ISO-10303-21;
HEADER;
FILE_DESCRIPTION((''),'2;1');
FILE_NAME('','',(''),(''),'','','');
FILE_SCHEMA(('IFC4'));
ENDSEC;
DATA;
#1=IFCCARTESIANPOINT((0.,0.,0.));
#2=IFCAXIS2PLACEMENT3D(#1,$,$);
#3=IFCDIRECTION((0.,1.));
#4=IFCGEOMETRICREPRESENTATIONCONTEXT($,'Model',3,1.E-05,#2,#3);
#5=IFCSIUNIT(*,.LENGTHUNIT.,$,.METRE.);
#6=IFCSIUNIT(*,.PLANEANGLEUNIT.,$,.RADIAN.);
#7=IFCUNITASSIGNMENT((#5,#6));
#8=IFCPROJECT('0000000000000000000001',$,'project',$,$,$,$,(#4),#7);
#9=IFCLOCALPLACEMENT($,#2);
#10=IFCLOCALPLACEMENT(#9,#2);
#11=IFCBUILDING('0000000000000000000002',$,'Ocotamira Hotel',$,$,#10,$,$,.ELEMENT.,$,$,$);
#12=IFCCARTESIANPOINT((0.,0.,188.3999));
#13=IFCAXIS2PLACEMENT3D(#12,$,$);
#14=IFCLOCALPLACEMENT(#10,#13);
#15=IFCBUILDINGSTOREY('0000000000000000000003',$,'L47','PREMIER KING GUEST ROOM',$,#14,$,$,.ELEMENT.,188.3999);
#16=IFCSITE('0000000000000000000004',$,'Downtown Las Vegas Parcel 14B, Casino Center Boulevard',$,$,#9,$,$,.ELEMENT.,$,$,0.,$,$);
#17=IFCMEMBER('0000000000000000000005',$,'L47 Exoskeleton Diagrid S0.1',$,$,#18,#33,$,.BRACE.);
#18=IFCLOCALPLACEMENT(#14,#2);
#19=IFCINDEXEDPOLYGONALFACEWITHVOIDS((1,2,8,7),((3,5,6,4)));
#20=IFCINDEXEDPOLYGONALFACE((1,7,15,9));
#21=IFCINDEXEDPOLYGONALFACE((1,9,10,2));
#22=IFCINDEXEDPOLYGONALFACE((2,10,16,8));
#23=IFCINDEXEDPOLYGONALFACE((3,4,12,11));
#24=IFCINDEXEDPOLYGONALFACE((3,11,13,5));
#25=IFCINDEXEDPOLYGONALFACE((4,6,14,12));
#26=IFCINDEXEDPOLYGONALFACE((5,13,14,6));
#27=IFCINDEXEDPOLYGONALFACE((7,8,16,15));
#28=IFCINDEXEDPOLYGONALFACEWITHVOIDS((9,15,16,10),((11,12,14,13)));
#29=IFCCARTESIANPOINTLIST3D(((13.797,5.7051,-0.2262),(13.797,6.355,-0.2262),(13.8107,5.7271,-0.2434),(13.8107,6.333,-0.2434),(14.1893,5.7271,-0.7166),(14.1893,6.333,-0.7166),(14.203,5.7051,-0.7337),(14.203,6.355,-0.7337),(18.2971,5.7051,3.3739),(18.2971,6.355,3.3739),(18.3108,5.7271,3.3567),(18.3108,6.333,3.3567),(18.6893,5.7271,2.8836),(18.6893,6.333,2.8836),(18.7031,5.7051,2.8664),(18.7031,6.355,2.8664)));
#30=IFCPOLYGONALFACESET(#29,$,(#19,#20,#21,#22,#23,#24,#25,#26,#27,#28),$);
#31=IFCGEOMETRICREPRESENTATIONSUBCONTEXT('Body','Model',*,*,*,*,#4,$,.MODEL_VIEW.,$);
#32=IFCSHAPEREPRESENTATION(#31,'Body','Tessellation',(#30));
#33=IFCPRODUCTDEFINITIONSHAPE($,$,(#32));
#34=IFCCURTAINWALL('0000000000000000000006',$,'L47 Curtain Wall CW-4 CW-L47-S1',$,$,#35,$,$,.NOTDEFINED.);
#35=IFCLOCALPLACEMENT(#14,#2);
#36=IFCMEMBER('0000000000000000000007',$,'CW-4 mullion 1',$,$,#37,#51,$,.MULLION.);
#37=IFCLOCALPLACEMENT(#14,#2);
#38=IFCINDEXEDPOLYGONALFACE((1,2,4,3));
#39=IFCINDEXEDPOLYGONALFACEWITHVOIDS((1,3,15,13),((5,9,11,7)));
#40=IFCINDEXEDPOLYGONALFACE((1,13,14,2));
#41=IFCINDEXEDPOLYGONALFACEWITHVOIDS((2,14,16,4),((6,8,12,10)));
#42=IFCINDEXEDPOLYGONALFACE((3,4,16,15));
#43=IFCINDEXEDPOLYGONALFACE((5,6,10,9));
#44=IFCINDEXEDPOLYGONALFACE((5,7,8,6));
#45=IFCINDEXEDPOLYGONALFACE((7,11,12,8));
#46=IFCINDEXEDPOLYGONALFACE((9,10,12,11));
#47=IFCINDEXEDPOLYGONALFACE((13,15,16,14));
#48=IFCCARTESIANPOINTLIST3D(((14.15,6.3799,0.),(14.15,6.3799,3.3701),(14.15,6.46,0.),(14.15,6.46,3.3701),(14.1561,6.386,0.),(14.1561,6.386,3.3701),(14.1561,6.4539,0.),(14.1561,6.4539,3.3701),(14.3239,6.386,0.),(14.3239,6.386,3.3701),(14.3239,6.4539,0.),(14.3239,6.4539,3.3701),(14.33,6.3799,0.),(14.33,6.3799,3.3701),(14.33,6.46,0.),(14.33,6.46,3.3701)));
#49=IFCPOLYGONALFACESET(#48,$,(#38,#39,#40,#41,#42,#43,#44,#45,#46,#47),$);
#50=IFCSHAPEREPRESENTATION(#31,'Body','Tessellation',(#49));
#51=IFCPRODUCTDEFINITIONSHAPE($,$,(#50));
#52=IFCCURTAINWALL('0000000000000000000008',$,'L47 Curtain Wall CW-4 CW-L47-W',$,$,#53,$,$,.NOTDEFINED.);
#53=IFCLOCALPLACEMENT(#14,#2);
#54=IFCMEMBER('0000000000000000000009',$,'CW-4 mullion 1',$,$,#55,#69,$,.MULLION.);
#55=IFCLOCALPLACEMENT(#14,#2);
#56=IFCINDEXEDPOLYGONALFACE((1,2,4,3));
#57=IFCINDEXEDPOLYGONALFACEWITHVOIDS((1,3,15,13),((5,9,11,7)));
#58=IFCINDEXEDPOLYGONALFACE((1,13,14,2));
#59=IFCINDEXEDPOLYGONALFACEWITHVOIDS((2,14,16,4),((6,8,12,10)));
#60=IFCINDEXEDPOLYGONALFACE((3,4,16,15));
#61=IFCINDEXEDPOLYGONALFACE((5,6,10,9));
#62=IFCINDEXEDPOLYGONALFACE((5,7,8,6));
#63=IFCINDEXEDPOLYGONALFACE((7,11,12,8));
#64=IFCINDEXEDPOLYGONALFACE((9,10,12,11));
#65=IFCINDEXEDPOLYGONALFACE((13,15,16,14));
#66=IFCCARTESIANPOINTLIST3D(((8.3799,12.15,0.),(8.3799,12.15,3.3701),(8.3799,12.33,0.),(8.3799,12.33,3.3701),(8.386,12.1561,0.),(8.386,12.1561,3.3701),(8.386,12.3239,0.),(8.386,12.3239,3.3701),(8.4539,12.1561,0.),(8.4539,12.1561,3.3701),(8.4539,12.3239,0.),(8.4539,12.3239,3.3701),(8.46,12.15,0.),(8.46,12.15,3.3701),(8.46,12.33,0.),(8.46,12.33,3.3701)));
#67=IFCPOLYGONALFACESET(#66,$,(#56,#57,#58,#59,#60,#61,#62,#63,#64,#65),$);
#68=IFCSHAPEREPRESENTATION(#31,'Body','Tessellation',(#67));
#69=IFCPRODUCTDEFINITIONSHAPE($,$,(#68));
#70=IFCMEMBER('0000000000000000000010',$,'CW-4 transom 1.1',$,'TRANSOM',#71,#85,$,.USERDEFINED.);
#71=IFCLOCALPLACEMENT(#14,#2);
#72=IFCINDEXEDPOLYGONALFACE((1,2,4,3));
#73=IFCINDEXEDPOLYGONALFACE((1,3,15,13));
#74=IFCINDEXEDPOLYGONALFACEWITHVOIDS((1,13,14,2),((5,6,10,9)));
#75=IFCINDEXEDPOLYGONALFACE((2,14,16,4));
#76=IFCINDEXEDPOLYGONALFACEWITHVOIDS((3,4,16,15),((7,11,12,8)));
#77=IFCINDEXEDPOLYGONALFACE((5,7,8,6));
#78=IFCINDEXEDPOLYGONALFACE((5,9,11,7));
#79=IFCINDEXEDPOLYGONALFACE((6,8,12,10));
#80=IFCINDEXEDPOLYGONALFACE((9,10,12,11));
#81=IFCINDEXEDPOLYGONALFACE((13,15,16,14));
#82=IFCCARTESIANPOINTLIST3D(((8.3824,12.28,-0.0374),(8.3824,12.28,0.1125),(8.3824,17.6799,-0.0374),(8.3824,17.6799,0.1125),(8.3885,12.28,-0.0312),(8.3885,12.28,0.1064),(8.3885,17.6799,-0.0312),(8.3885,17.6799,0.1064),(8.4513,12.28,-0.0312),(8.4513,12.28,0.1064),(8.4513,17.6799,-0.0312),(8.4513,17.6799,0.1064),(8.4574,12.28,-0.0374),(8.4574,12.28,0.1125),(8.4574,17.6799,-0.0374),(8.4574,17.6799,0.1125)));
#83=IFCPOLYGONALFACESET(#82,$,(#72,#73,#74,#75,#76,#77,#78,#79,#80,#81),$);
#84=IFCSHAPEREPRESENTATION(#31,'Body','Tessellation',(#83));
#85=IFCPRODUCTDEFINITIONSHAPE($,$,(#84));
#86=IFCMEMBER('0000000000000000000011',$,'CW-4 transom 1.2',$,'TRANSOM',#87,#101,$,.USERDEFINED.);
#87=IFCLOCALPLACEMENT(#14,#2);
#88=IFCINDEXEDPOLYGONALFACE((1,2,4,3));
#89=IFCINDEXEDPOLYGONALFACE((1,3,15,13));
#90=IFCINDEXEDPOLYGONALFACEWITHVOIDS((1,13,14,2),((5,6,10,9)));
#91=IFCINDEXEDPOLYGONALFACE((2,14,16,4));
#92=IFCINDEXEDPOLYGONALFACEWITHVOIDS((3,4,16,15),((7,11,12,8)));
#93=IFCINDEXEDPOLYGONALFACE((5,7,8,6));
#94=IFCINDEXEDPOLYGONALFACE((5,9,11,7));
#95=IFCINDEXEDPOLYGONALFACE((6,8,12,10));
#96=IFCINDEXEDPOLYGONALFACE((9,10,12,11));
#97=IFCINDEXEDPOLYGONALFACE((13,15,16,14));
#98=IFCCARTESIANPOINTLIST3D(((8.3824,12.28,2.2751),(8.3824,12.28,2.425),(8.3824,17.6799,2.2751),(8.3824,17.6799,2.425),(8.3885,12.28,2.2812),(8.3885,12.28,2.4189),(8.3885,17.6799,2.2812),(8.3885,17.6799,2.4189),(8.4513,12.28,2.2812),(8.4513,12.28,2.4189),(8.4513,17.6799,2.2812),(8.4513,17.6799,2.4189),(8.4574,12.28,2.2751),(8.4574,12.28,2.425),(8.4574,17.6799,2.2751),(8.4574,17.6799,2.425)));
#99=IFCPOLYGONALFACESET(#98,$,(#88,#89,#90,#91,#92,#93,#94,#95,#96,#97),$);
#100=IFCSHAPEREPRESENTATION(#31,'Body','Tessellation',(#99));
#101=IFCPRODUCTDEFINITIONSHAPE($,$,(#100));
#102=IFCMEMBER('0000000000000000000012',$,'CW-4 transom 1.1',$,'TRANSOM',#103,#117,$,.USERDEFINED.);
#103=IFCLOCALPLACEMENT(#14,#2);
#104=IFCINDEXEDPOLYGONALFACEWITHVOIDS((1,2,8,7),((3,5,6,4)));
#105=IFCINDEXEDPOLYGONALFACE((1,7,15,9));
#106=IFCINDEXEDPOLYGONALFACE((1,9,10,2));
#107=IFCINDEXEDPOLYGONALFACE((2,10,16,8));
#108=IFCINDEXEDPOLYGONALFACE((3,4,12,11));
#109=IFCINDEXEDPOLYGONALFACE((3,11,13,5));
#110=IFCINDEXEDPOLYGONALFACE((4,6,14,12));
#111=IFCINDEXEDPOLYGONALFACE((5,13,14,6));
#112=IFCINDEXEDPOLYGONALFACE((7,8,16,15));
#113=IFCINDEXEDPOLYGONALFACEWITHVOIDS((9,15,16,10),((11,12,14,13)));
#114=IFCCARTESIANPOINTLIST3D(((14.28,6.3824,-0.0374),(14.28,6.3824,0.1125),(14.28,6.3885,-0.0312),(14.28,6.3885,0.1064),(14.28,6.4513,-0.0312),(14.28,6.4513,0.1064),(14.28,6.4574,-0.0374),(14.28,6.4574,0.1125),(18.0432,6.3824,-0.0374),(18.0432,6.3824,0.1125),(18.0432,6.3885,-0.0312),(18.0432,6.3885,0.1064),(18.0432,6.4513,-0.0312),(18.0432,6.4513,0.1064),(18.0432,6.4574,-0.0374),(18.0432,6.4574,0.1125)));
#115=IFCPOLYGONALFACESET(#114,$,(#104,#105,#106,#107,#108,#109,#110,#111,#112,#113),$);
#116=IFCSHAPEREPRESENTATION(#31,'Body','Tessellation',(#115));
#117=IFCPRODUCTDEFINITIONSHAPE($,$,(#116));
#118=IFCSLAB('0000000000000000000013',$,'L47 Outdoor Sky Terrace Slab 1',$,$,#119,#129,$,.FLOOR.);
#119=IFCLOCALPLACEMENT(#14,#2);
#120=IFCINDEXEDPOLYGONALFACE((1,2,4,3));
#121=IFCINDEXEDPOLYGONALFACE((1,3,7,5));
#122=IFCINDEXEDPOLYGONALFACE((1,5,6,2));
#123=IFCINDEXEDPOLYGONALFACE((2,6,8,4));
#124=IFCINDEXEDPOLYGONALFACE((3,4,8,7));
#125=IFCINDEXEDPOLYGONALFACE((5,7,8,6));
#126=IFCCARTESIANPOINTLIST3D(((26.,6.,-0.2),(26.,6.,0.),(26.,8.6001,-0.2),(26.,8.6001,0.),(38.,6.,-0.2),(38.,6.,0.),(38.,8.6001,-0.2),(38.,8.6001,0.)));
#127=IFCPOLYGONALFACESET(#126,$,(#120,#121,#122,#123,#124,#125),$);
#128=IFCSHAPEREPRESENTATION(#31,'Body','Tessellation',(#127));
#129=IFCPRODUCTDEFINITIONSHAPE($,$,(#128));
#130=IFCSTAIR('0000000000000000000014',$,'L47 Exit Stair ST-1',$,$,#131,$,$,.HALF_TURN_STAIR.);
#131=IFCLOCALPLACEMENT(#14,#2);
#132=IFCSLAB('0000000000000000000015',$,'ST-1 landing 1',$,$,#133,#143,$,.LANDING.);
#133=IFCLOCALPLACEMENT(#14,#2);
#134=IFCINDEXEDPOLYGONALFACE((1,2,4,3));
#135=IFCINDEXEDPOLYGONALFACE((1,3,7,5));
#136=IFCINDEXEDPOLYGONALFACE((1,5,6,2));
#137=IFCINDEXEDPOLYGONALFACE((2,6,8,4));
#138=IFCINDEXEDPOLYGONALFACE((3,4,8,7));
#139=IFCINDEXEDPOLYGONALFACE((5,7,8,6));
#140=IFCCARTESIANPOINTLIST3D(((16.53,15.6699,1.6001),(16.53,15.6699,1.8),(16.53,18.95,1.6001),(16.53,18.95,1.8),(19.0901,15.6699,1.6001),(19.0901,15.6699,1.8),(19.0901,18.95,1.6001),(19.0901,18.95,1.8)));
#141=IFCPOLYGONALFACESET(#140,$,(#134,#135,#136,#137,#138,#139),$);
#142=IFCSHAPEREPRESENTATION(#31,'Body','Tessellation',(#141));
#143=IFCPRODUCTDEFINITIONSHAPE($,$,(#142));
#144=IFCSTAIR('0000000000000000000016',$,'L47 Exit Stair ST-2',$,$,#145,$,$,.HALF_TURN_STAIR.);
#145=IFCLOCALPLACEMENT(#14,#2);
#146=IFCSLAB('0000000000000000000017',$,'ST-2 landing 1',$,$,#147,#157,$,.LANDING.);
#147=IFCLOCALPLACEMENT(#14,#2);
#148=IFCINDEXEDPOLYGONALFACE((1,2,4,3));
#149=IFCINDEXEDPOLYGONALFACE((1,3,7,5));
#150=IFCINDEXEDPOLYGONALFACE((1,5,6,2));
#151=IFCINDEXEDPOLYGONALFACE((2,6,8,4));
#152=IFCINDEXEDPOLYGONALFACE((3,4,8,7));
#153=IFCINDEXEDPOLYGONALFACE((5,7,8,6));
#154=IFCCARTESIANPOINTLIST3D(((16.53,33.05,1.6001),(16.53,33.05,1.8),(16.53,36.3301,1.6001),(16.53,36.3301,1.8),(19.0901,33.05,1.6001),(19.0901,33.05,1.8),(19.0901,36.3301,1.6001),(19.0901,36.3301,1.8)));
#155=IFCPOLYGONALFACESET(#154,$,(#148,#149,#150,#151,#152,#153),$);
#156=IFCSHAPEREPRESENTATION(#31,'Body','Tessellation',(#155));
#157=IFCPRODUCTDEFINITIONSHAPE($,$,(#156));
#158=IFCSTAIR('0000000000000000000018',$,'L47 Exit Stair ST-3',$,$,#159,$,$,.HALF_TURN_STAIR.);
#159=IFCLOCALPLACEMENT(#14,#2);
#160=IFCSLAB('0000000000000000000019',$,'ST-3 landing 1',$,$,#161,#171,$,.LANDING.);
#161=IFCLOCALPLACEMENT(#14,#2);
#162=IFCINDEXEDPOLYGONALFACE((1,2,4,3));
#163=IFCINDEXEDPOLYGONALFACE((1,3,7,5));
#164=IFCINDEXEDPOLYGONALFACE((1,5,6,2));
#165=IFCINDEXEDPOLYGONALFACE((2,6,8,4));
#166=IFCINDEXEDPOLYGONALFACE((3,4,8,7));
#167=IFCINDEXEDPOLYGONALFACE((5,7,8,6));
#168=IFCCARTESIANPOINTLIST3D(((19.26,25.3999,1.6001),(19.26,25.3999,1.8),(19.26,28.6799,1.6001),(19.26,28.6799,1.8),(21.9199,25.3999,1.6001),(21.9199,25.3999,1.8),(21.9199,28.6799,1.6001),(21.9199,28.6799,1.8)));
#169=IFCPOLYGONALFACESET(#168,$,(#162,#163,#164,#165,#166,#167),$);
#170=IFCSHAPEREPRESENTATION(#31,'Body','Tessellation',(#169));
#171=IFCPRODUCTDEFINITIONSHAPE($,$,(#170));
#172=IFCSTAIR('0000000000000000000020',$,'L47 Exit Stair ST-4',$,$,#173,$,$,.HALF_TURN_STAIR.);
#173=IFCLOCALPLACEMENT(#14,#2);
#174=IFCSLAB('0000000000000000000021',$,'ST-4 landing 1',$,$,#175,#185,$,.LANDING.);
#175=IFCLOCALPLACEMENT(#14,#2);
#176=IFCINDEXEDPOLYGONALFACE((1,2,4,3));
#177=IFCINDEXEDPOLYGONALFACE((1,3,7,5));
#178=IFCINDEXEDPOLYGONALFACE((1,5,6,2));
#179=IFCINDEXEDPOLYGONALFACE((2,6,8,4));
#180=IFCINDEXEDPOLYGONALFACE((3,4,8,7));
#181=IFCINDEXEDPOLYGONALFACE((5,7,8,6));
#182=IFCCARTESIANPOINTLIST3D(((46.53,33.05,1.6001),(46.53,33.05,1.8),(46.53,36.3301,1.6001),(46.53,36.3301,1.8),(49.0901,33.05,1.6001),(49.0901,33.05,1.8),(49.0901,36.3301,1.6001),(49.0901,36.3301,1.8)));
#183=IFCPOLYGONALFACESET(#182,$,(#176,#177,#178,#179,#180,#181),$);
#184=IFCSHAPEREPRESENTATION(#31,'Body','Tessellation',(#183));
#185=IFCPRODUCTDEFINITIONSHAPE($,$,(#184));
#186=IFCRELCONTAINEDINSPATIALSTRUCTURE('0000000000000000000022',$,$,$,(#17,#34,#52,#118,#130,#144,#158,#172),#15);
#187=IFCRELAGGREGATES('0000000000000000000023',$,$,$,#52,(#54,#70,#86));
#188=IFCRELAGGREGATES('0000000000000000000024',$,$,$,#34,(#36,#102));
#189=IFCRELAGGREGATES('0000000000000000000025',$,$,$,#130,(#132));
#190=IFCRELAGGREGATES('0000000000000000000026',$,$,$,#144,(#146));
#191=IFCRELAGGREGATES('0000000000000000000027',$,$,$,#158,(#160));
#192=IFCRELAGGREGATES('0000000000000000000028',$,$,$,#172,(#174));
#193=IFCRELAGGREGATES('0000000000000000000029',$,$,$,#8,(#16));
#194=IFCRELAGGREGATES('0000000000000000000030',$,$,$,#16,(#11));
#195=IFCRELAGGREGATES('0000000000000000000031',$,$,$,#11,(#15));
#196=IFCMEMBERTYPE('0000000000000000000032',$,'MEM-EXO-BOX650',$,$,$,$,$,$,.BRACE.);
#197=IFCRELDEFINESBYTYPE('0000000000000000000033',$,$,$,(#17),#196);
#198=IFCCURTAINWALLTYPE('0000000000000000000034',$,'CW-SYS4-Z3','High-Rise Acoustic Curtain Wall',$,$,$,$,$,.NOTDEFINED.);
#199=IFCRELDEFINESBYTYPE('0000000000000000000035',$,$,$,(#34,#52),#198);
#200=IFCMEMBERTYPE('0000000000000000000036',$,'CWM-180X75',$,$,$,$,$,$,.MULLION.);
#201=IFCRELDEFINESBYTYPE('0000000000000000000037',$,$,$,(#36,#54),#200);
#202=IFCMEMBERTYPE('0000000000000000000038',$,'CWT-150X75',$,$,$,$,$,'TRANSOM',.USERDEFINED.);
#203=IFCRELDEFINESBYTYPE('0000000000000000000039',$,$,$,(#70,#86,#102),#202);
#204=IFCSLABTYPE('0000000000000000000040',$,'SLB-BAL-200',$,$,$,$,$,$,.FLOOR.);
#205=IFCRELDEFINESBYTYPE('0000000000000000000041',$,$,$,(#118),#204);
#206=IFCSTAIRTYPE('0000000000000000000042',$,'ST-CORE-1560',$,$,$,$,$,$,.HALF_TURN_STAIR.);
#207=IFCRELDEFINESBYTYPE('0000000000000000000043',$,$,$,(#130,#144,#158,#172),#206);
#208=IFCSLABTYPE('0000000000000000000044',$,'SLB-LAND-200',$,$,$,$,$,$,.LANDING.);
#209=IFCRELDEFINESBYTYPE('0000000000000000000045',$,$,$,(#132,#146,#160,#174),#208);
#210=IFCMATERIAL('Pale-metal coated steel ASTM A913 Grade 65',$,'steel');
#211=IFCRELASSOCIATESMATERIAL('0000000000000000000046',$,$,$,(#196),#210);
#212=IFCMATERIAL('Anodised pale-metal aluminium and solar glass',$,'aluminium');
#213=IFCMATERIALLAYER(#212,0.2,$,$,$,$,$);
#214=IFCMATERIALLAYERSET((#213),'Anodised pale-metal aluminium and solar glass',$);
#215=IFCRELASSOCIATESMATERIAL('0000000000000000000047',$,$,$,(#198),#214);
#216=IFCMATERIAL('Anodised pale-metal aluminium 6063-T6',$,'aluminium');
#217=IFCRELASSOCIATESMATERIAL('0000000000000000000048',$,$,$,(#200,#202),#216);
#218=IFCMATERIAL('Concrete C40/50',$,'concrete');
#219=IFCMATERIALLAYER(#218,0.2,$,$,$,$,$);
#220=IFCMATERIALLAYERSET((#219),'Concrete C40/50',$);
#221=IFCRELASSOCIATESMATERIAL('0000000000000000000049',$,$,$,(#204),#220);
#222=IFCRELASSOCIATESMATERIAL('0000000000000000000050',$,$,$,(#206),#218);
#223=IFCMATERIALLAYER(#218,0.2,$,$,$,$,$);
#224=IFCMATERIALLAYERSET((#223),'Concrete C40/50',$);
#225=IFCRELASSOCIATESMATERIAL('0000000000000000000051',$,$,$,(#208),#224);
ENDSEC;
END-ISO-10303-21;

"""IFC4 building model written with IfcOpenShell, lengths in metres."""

from ifc_helpers import new_model, si_unit, direction, frame, origin, origin_2d, place, context, subcontext, project, spatial, polyline, hollow_rectangle, outline, extrude, source, transform, mapped, material, layer, layer_set, material_profile, profile_set, type_object, element, aggregate, save


model = new_model("IFC4")

# Units and contexts
model_context = context("Model", 3, precision=1e-05, world=origin(), true_north=direction((0.0, 1.0)))
body_context = subcontext(model_context, "Body", "Model", "MODEL_VIEW")
ifc_project = project(units=[si_unit("LENGTHUNIT", "METRE"), si_unit("PLANEANGLEUNIT", "RADIAN")], contexts=[model_context])

# Site, building, storey
site_placement = place(None, origin())
site = spatial("IfcSite", under=ifc_project, at=site_placement, Name="Downtown Las Vegas Parcel 14B, Casino Center Boulevard", CompositionType="ELEMENT", RefElevation=0.0)
building_placement = place(site_placement, origin())
building = spatial("IfcBuilding", under=site, at=building_placement, Name="Ocotamira Hotel", CompositionType="ELEMENT")
storey_placement = place(building_placement, frame((0.0, 0.0, 188.3999)))
storey = spatial("IfcBuildingStorey", under=building, at=storey_placement, Name="L47", Description="PREMIER KING GUEST ROOM", CompositionType="ELEMENT", Elevation=188.3999)

# Member
ifc_material_1 = material(Name="Pale-metal coated steel ASTM A913 Grade 65", Category="steel")
ifc_material_profile_1 = material_profile(ifc_material_1, hollow_rectangle(XDim=0.6499, YDim=0.6499, WallThickness=0.022, at=origin_2d()), Name="BOX650X650X22")
ifc_profile_set_1 = profile_set([ifc_material_profile_1], Name="Pale-metal coated steel ASTM A913 Grade 65")
member_type_1 = type_object("IfcMemberType", Name="MEM-EXO-BOX650", PredefinedType="BRACE", material=ifc_profile_set_1)
shared_shape_1 = source(origin(), body_context, "Body", "SweptSolid", [
    extrude(hollow_rectangle(XDim=0.6499, YDim=0.6499, WallThickness=0.022, at=origin_2d()), origin(), (0.0, 0.0, 1.0), 5.7629),
])
member_1_placement = place(storey_placement, frame((14.0, 6.03, -0.48), z_axis=(0.780861, 0.0, 0.624705), x_axis=(0.0, 1.0, 0.0)))
element("IfcMember", 1, at=member_1_placement, inside=storey, type_object=member_type_1, Name="L47 Exoskeleton Diagrid S0.1", PredefinedType="BRACE", context=body_context, shape_type="MappedRepresentation", body=[
    mapped(shared_shape_1, transform((0.0, 0.0, 0.0), scale=1.0)),
])

# Curtain wall, member
ifc_material_2 = material(Name="Anodised pale-metal aluminium and solar glass", Category="aluminium")
ifc_layer_1 = layer(ifc_material_2, 0.2)
ifc_layer_set_1 = layer_set([ifc_layer_1], Name="Anodised pale-metal aluminium and solar glass")
curtain_wall_type = type_object("IfcCurtainWallType", Name="CW-SYS4-Z3", Description="High-Rise Acoustic Curtain Wall", PredefinedType="NOTDEFINED", material=ifc_layer_set_1)
curtain_wall_1_placement = place(storey_placement, origin())
curtain_wall_1 = element("IfcCurtainWall", 2, at=curtain_wall_1_placement, inside=storey, type_object=curtain_wall_type, Name="L47 Curtain Wall CW-4 CW-L47-S1", PredefinedType="NOTDEFINED")
ifc_material_3 = material(Name="Anodised pale-metal aluminium 6063-T6", Category="aluminium")
ifc_material_profile_2 = material_profile(ifc_material_3, hollow_rectangle(XDim=0.0801, YDim=0.1799, WallThickness=0.0061, at=origin_2d()), Name="HSS180X80X6")
ifc_profile_set_2 = profile_set([ifc_material_profile_2], Name="Anodised pale-metal aluminium 6063-T6")
member_type_2 = type_object("IfcMemberType", Name="CWM-180X75", PredefinedType="MULLION", material=ifc_profile_set_2)
shared_shape_2 = source(origin(), body_context, "Body", "SweptSolid", [
    extrude(hollow_rectangle(XDim=0.0801, YDim=0.1799, WallThickness=0.0061, at=origin_2d()), origin(), (0.0, 0.0, 1.0), 3.3701),
])
member_2_placement = place(storey_placement, frame((14.24, 6.4199, 0.0), z_axis=(0.0, 0.0, 1.0), x_axis=(0.0, 1.0, 0.0)))
member_2 = element("IfcMember", 3, at=member_2_placement, type_object=member_type_2, Name="CW-4 mullion 1", PredefinedType="MULLION", context=body_context, shape_type="MappedRepresentation", body=[
    mapped(shared_shape_2, transform((0.0, 0.0, 0.0), scale=1.0)),
])

# Curtain wall, members
curtain_wall_2_placement = place(storey_placement, origin())
curtain_wall_2 = element("IfcCurtainWall", 4, at=curtain_wall_2_placement, inside=storey, type_object=curtain_wall_type, Name="L47 Curtain Wall CW-4 CW-L47-W", PredefinedType="NOTDEFINED")
member_3_placement = place(storey_placement, frame((8.4199, 12.24, 0.0), z_axis=(0.0, 0.0, 1.0), x_axis=(-1.0, 0.0, 0.0)))
member_3 = element("IfcMember", 5, at=member_3_placement, type_object=member_type_2, Name="CW-4 mullion 1", PredefinedType="MULLION", context=body_context, shape_type="MappedRepresentation", body=[
    mapped(shared_shape_2, transform((0.0, 0.0, 0.0), scale=1.0)),
])
ifc_material_profile_3 = material_profile(ifc_material_3, hollow_rectangle(XDim=0.075, YDim=0.1499, WallThickness=0.0061, at=origin_2d()), Name="HSS150X75X6")
ifc_profile_set_3 = profile_set([ifc_material_profile_3], Name="Anodised pale-metal aluminium 6063-T6")
member_type_3 = type_object("IfcMemberType", Name="CWT-150X75", ElementType="TRANSOM", PredefinedType="USERDEFINED", material=ifc_profile_set_3)
shared_shape_3 = source(origin(), body_context, "Body", "SweptSolid", [
    extrude(hollow_rectangle(XDim=0.075, YDim=0.1499, WallThickness=0.0061, at=origin_2d()), origin(), (0.0, 0.0, 1.0), 5.3999),
])
member_4_placement = place(storey_placement, frame((8.4199, 12.28, 0.0376), z_axis=(0.0, 1.0, 0.0), x_axis=(-1.0, 0.0, 0.0)))
member_4 = element("IfcMember", 6, at=member_4_placement, type_object=member_type_3, Name="CW-4 transom 1.1", ObjectType="TRANSOM", PredefinedType="USERDEFINED", context=body_context, shape_type="MappedRepresentation", body=[
    mapped(shared_shape_3, transform((0.0, 0.0, 0.0), scale=1.0)),
])
member_5_placement = place(storey_placement, frame((8.4199, 12.28, 2.3501), z_axis=(0.0, 1.0, 0.0), x_axis=(-1.0, 0.0, 0.0)))
member_5 = element("IfcMember", 7, at=member_5_placement, type_object=member_type_3, Name="CW-4 transom 1.2", ObjectType="TRANSOM", PredefinedType="USERDEFINED", context=body_context, shape_type="MappedRepresentation", body=[
    mapped(shared_shape_3, transform((0.0, 0.0, 0.0), scale=1.0)),
])
aggregate(curtain_wall_2, [member_3, member_4, member_5])

# Member
shared_shape_4 = source(origin(), body_context, "Body", "SweptSolid", [
    extrude(hollow_rectangle(XDim=0.075, YDim=0.1499, WallThickness=0.0061, at=origin_2d()), origin(), (0.0, 0.0, 1.0), 3.7632),
])
member_6_placement = place(storey_placement, frame((14.28, 6.4199, 0.0376), z_axis=(1.0, 0.0, 0.0), x_axis=(0.0, 1.0, 0.0)))
member_6 = element("IfcMember", 8, at=member_6_placement, type_object=member_type_3, Name="CW-4 transom 1.1", ObjectType="TRANSOM", PredefinedType="USERDEFINED", context=body_context, shape_type="MappedRepresentation", body=[
    mapped(shared_shape_4, transform((0.0, 0.0, 0.0), scale=1.0)),
])
aggregate(curtain_wall_1, [member_2, member_6])

# Slab
ifc_material_4 = material(Name="Concrete C40/50", Category="concrete")
ifc_layer_2 = layer(ifc_material_4, 0.2)
ifc_layer_set_2 = layer_set([ifc_layer_2], Name="Concrete C40/50")
slab_type_1 = type_object("IfcSlabType", Name="SLB-BAL-200", PredefinedType="FLOOR", material=ifc_layer_set_2)
slab_1_placement = place(storey_placement, frame((0.0, 0.0, -0.2)))
element("IfcSlab", 9, at=slab_1_placement, inside=storey, type_object=slab_type_1, Name="L47 Outdoor Sky Terrace Slab 1", PredefinedType="FLOOR", context=body_context, shape_type="SweptSolid", body=[
    extrude(outline(polyline([(26.0, 6.0), (38.0, 6.0), (38.0, 8.6001), (26.0, 8.6001), (26.0, 6.0)])), origin(), (0.0, 0.0, 1.0), 0.2),
])

# Stairs, slabs
stair_type = type_object("IfcStairType", Name="ST-CORE-1560", PredefinedType="HALF_TURN_STAIR", material=ifc_material_4)
stair_1_placement = place(storey_placement, origin())
stair_1 = element("IfcStair", 10, at=stair_1_placement, inside=storey, type_object=stair_type, Name="L47 Exit Stair ST-1", PredefinedType="HALF_TURN_STAIR")
ifc_layer_3 = layer(ifc_material_4, 0.2)
ifc_layer_set_3 = layer_set([ifc_layer_3], Name="Concrete C40/50")
slab_type_2 = type_object("IfcSlabType", Name="SLB-LAND-200", PredefinedType="LANDING", material=ifc_layer_set_3)
slab_2_placement = place(storey_placement, frame((0.0, 0.0, 1.6001)))
slab_2 = element("IfcSlab", 11, at=slab_2_placement, type_object=slab_type_2, Name="ST-1 landing 1", PredefinedType="LANDING", context=body_context, shape_type="SweptSolid", body=[
    extrude(outline(polyline([(16.53, 15.6699), (19.0901, 15.6699), (19.0901, 18.95), (16.53, 18.95), (16.53, 15.6699)])), origin(), (0.0, 0.0, 1.0), 0.2),
])
aggregate(stair_1, [slab_2])
stair_2_placement = place(storey_placement, origin())
stair_2 = element("IfcStair", 12, at=stair_2_placement, inside=storey, type_object=stair_type, Name="L47 Exit Stair ST-2", PredefinedType="HALF_TURN_STAIR")
slab_3_placement = place(storey_placement, frame((0.0, 0.0, 1.6001)))
slab_3 = element("IfcSlab", 13, at=slab_3_placement, type_object=slab_type_2, Name="ST-2 landing 1", PredefinedType="LANDING", context=body_context, shape_type="SweptSolid", body=[
    extrude(outline(polyline([(16.53, 33.05), (19.0901, 33.05), (19.0901, 36.3301), (16.53, 36.3301), (16.53, 33.05)])), origin(), (0.0, 0.0, 1.0), 0.2),
])
aggregate(stair_2, [slab_3])
stair_3_placement = place(storey_placement, origin())
stair_3 = element("IfcStair", 14, at=stair_3_placement, inside=storey, type_object=stair_type, Name="L47 Exit Stair ST-3", PredefinedType="HALF_TURN_STAIR")
slab_4_placement = place(storey_placement, frame((0.0, 0.0, 1.6001)))
slab_4 = element("IfcSlab", 15, at=slab_4_placement, type_object=slab_type_2, Name="ST-3 landing 1", PredefinedType="LANDING", context=body_context, shape_type="SweptSolid", body=[
    extrude(outline(polyline([(19.26, 25.3999), (21.9199, 25.3999), (21.9199, 28.6799), (19.26, 28.6799), (19.26, 25.3999)])), origin(), (0.0, 0.0, 1.0), 0.2),
])
aggregate(stair_3, [slab_4])
stair_4_placement = place(storey_placement, origin())
stair_4 = element("IfcStair", 16, at=stair_4_placement, inside=storey, type_object=stair_type, Name="L47 Exit Stair ST-4", PredefinedType="HALF_TURN_STAIR")
slab_5_placement = place(storey_placement, frame((0.0, 0.0, 1.6001)))
slab_5 = element("IfcSlab", 17, at=slab_5_placement, type_object=slab_type_2, Name="ST-4 landing 1", PredefinedType="LANDING", context=body_context, shape_type="SweptSolid", body=[
    extrude(outline(polyline([(46.53, 33.05), (49.0901, 33.05), (49.0901, 36.3301), (46.53, 36.3301), (46.53, 33.05)])), origin(), (0.0, 0.0, 1.0), 0.2),
])
aggregate(stair_4, [slab_5])

save(model, "model.ifc")
